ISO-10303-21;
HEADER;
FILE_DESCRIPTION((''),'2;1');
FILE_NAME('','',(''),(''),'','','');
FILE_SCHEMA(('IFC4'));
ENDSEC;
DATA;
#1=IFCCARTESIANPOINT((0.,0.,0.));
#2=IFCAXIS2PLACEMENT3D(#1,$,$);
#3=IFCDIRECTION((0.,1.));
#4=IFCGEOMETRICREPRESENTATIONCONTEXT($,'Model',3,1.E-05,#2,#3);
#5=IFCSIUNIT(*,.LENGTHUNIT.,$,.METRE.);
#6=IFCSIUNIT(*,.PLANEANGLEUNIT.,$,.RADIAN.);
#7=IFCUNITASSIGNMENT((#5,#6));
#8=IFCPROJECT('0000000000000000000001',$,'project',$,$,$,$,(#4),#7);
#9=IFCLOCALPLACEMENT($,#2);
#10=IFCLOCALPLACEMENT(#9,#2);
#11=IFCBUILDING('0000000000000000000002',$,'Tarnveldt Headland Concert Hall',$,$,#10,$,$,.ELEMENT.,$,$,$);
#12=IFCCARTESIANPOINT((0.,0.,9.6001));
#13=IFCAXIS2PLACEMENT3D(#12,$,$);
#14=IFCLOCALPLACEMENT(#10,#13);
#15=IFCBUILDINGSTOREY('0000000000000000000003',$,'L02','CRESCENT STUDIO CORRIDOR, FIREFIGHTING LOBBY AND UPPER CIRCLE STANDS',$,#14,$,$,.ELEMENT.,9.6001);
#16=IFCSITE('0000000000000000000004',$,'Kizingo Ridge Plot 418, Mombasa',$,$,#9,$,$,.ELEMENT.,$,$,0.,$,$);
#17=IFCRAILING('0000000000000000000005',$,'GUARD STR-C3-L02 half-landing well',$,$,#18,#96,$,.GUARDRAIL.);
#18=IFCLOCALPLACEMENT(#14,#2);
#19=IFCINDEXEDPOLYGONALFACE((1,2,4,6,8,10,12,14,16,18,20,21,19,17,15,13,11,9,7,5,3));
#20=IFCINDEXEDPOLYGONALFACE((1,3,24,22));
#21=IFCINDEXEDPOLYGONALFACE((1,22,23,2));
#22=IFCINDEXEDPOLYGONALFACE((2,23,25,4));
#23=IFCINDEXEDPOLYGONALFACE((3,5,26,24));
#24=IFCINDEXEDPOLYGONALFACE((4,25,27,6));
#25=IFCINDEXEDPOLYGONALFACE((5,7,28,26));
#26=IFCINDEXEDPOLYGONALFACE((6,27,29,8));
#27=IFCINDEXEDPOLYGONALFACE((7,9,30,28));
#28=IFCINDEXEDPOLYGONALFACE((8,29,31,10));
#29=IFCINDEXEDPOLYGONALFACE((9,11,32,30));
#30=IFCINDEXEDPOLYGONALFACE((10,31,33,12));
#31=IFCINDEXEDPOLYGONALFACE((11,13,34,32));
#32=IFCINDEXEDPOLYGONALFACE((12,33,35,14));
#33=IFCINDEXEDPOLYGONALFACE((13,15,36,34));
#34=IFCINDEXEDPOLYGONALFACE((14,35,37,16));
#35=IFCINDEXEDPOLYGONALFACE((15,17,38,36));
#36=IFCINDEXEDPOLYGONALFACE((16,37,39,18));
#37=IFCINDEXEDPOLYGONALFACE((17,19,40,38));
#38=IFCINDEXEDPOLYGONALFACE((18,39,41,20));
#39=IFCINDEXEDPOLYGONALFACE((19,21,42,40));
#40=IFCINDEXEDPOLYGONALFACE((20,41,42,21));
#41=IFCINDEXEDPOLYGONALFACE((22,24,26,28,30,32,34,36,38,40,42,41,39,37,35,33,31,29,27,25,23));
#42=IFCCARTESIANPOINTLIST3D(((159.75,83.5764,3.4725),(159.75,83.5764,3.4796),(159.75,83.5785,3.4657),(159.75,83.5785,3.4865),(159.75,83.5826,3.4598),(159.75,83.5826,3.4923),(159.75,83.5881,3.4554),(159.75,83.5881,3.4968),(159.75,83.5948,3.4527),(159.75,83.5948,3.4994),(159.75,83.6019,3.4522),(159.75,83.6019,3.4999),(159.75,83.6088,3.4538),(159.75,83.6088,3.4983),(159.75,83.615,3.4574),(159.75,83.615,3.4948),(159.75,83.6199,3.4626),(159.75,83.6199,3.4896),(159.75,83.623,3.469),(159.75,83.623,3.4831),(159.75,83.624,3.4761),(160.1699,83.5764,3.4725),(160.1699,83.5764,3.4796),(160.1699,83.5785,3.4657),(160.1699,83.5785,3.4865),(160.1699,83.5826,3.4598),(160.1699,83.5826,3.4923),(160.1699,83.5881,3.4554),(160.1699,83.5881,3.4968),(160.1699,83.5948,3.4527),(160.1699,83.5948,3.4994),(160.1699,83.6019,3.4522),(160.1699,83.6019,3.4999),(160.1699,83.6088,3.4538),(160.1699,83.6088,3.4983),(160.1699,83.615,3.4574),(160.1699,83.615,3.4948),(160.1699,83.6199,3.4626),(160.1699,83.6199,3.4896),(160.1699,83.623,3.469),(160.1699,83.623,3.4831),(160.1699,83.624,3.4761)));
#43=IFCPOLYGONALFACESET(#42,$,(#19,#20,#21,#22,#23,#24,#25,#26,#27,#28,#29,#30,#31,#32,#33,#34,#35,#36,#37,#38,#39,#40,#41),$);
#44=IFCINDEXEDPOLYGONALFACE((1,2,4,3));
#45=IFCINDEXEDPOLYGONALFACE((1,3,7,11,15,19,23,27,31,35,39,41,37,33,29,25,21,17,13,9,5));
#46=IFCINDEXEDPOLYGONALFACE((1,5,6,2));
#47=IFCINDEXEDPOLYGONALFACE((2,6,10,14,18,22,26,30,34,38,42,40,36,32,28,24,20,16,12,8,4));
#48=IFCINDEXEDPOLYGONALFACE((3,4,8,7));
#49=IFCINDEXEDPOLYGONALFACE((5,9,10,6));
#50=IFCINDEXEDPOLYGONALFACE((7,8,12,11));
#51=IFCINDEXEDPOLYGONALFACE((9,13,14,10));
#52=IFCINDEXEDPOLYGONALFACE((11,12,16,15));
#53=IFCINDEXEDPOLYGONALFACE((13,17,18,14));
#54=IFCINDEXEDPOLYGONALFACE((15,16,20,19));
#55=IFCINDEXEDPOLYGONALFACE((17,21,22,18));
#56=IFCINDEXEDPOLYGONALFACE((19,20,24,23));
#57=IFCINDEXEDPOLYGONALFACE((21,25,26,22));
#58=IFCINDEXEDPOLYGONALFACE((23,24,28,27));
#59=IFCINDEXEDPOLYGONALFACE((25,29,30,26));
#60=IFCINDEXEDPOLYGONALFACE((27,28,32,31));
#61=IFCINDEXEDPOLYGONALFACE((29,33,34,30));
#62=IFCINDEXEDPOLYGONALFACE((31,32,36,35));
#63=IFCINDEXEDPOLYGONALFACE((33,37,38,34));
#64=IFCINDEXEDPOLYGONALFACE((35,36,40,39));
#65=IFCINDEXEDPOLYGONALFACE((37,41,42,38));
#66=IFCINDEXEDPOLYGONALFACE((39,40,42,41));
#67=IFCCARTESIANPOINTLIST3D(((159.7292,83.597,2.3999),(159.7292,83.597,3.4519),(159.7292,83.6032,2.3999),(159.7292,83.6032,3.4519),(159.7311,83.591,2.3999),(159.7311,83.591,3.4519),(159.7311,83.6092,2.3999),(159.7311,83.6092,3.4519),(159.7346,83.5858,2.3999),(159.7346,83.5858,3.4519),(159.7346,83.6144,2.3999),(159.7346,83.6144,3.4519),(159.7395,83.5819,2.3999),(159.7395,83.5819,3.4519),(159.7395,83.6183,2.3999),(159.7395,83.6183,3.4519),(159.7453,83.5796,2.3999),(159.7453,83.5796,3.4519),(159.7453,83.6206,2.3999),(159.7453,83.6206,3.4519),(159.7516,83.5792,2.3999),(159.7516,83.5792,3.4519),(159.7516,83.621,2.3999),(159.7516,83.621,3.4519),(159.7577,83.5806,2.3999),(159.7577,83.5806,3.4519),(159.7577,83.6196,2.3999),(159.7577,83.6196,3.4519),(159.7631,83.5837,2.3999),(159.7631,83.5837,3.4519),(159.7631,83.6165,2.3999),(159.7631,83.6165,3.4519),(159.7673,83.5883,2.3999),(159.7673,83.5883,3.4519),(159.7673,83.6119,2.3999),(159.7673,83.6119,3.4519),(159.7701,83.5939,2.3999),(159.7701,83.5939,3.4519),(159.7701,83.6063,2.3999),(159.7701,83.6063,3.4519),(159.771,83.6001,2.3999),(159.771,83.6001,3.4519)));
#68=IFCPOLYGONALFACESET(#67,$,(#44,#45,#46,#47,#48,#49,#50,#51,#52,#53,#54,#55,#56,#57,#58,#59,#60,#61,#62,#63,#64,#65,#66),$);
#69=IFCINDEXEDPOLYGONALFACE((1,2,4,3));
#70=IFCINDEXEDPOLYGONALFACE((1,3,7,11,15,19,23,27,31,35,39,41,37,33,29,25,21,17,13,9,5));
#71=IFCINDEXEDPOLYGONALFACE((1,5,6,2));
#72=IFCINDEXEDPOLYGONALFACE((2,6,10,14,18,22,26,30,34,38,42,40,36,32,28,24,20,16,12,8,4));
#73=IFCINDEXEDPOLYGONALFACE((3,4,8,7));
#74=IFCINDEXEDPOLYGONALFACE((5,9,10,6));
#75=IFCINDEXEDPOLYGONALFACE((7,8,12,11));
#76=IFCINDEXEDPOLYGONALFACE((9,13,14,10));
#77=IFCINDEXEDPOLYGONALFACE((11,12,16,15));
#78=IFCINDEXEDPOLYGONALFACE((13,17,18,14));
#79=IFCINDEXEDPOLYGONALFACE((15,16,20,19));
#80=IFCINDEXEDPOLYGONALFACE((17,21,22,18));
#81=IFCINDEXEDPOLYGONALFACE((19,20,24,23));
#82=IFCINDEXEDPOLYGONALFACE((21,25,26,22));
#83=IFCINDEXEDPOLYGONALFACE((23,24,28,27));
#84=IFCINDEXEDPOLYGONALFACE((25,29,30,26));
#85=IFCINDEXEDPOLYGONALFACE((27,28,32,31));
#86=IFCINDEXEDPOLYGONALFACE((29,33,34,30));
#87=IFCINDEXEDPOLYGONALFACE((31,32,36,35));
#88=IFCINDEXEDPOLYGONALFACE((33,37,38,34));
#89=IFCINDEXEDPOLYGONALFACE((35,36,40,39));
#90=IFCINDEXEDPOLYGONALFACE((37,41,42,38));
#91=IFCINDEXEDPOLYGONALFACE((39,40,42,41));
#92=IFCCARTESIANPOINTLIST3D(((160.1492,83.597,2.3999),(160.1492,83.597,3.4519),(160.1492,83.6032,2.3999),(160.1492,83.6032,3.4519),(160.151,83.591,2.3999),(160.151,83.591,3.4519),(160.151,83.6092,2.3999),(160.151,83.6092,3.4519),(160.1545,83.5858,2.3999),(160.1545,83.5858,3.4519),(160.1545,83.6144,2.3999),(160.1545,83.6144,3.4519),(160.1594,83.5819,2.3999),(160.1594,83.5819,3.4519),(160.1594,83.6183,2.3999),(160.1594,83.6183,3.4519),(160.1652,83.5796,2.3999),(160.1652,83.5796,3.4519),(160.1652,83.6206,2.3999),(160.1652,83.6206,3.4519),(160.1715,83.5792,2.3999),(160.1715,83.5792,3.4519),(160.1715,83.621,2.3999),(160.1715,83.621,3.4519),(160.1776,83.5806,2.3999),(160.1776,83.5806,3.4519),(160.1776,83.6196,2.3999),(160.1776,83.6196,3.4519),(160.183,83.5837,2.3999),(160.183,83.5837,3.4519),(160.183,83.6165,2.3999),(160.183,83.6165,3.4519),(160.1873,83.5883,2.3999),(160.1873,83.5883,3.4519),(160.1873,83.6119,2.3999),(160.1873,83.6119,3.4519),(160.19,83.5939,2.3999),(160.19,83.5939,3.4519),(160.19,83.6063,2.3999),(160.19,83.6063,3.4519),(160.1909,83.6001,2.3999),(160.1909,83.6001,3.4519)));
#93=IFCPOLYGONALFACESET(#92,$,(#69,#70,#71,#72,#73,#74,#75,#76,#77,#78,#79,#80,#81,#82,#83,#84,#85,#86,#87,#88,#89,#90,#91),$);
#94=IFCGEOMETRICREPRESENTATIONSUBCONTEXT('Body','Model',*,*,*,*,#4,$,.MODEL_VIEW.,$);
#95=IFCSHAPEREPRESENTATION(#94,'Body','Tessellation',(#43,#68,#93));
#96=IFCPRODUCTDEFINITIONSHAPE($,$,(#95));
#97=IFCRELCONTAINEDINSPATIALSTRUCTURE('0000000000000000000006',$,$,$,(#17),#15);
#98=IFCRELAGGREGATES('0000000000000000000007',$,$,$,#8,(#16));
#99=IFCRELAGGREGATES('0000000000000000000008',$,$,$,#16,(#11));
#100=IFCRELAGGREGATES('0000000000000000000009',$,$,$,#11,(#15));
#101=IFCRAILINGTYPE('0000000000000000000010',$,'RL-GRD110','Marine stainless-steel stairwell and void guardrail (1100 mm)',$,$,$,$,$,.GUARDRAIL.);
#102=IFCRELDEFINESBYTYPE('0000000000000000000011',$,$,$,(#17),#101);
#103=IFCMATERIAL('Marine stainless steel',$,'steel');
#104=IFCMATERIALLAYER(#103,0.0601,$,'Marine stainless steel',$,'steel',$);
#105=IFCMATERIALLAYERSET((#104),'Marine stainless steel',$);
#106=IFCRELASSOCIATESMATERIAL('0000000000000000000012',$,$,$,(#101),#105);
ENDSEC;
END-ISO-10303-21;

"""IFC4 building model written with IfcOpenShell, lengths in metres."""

from ifc_helpers import new_model, si_unit, direction, frame, origin, origin_2d, place, context, subcontext, project, spatial, circle, extrude, material, layer, layer_set, type_object, element, save


model = new_model("IFC4")

# Units and contexts
model_context = context("Model", 3, precision=1e-05, world=origin(), true_north=direction((0.0, 1.0)))
body_context = subcontext(model_context, "Body", "Model", "MODEL_VIEW")
ifc_project = project(units=[si_unit("LENGTHUNIT", "METRE"), si_unit("PLANEANGLEUNIT", "RADIAN")], contexts=[model_context])

# Site, building, storey
site_placement = place(None, origin())
site = spatial("IfcSite", under=ifc_project, at=site_placement, Name="Kizingo Ridge Plot 418, Mombasa", CompositionType="ELEMENT", RefElevation=0.0)
building_placement = place(site_placement, origin())
building = spatial("IfcBuilding", under=site, at=building_placement, Name="Tarnveldt Headland Concert Hall", CompositionType="ELEMENT")
storey_placement = place(building_placement, frame((0.0, 0.0, 9.6001)))
storey = spatial("IfcBuildingStorey", under=building, at=storey_placement, Name="L02", Description="CRESCENT STUDIO CORRIDOR, FIREFIGHTING LOBBY AND UPPER CIRCLE STANDS", CompositionType="ELEMENT", Elevation=9.6001)

# Railing
ifc_material_1 = material(Name="Marine stainless steel", Category="steel")
ifc_layer_1 = layer(ifc_material_1, 0.0601, Name="Marine stainless steel", Category="steel")
ifc_layer_set_1 = layer_set([ifc_layer_1], Name="Marine stainless steel")
railing_type_1 = type_object("IfcRailingType", Name="RL-GRD110", Description="Marine stainless-steel stairwell and void guardrail (1100 mm)", PredefinedType="GUARDRAIL", material=ifc_layer_set_1)
railing_1_placement = place(storey_placement, frame((159.75, 83.6001, 2.3999)))
element("IfcRailing", 1, at=railing_1_placement, inside=storey, type_object=railing_type_1, Name="GUARD STR-C3-L02 half-landing well", PredefinedType="GUARDRAIL", context=body_context, shape_type="SweptSolid", body=[
    extrude(circle(Radius=0.0239, at=origin_2d()), frame((0.0, 0.0, 1.0762), z_axis=(1.0, 0.0, 0.0), x_axis=(0.0, 1.0, 0.0)), (0.0, 0.0, 1.0), 0.4199),
    extrude(circle(Radius=0.021, at=origin_2d()), origin(), (0.0, 0.0, 1.0), 1.052),
    extrude(circle(Radius=0.021, at=origin_2d()), frame((0.4199, 0.0, 0.0)), (0.0, 0.0, 1.0), 1.052),
])

save(model, "model.ifc")
